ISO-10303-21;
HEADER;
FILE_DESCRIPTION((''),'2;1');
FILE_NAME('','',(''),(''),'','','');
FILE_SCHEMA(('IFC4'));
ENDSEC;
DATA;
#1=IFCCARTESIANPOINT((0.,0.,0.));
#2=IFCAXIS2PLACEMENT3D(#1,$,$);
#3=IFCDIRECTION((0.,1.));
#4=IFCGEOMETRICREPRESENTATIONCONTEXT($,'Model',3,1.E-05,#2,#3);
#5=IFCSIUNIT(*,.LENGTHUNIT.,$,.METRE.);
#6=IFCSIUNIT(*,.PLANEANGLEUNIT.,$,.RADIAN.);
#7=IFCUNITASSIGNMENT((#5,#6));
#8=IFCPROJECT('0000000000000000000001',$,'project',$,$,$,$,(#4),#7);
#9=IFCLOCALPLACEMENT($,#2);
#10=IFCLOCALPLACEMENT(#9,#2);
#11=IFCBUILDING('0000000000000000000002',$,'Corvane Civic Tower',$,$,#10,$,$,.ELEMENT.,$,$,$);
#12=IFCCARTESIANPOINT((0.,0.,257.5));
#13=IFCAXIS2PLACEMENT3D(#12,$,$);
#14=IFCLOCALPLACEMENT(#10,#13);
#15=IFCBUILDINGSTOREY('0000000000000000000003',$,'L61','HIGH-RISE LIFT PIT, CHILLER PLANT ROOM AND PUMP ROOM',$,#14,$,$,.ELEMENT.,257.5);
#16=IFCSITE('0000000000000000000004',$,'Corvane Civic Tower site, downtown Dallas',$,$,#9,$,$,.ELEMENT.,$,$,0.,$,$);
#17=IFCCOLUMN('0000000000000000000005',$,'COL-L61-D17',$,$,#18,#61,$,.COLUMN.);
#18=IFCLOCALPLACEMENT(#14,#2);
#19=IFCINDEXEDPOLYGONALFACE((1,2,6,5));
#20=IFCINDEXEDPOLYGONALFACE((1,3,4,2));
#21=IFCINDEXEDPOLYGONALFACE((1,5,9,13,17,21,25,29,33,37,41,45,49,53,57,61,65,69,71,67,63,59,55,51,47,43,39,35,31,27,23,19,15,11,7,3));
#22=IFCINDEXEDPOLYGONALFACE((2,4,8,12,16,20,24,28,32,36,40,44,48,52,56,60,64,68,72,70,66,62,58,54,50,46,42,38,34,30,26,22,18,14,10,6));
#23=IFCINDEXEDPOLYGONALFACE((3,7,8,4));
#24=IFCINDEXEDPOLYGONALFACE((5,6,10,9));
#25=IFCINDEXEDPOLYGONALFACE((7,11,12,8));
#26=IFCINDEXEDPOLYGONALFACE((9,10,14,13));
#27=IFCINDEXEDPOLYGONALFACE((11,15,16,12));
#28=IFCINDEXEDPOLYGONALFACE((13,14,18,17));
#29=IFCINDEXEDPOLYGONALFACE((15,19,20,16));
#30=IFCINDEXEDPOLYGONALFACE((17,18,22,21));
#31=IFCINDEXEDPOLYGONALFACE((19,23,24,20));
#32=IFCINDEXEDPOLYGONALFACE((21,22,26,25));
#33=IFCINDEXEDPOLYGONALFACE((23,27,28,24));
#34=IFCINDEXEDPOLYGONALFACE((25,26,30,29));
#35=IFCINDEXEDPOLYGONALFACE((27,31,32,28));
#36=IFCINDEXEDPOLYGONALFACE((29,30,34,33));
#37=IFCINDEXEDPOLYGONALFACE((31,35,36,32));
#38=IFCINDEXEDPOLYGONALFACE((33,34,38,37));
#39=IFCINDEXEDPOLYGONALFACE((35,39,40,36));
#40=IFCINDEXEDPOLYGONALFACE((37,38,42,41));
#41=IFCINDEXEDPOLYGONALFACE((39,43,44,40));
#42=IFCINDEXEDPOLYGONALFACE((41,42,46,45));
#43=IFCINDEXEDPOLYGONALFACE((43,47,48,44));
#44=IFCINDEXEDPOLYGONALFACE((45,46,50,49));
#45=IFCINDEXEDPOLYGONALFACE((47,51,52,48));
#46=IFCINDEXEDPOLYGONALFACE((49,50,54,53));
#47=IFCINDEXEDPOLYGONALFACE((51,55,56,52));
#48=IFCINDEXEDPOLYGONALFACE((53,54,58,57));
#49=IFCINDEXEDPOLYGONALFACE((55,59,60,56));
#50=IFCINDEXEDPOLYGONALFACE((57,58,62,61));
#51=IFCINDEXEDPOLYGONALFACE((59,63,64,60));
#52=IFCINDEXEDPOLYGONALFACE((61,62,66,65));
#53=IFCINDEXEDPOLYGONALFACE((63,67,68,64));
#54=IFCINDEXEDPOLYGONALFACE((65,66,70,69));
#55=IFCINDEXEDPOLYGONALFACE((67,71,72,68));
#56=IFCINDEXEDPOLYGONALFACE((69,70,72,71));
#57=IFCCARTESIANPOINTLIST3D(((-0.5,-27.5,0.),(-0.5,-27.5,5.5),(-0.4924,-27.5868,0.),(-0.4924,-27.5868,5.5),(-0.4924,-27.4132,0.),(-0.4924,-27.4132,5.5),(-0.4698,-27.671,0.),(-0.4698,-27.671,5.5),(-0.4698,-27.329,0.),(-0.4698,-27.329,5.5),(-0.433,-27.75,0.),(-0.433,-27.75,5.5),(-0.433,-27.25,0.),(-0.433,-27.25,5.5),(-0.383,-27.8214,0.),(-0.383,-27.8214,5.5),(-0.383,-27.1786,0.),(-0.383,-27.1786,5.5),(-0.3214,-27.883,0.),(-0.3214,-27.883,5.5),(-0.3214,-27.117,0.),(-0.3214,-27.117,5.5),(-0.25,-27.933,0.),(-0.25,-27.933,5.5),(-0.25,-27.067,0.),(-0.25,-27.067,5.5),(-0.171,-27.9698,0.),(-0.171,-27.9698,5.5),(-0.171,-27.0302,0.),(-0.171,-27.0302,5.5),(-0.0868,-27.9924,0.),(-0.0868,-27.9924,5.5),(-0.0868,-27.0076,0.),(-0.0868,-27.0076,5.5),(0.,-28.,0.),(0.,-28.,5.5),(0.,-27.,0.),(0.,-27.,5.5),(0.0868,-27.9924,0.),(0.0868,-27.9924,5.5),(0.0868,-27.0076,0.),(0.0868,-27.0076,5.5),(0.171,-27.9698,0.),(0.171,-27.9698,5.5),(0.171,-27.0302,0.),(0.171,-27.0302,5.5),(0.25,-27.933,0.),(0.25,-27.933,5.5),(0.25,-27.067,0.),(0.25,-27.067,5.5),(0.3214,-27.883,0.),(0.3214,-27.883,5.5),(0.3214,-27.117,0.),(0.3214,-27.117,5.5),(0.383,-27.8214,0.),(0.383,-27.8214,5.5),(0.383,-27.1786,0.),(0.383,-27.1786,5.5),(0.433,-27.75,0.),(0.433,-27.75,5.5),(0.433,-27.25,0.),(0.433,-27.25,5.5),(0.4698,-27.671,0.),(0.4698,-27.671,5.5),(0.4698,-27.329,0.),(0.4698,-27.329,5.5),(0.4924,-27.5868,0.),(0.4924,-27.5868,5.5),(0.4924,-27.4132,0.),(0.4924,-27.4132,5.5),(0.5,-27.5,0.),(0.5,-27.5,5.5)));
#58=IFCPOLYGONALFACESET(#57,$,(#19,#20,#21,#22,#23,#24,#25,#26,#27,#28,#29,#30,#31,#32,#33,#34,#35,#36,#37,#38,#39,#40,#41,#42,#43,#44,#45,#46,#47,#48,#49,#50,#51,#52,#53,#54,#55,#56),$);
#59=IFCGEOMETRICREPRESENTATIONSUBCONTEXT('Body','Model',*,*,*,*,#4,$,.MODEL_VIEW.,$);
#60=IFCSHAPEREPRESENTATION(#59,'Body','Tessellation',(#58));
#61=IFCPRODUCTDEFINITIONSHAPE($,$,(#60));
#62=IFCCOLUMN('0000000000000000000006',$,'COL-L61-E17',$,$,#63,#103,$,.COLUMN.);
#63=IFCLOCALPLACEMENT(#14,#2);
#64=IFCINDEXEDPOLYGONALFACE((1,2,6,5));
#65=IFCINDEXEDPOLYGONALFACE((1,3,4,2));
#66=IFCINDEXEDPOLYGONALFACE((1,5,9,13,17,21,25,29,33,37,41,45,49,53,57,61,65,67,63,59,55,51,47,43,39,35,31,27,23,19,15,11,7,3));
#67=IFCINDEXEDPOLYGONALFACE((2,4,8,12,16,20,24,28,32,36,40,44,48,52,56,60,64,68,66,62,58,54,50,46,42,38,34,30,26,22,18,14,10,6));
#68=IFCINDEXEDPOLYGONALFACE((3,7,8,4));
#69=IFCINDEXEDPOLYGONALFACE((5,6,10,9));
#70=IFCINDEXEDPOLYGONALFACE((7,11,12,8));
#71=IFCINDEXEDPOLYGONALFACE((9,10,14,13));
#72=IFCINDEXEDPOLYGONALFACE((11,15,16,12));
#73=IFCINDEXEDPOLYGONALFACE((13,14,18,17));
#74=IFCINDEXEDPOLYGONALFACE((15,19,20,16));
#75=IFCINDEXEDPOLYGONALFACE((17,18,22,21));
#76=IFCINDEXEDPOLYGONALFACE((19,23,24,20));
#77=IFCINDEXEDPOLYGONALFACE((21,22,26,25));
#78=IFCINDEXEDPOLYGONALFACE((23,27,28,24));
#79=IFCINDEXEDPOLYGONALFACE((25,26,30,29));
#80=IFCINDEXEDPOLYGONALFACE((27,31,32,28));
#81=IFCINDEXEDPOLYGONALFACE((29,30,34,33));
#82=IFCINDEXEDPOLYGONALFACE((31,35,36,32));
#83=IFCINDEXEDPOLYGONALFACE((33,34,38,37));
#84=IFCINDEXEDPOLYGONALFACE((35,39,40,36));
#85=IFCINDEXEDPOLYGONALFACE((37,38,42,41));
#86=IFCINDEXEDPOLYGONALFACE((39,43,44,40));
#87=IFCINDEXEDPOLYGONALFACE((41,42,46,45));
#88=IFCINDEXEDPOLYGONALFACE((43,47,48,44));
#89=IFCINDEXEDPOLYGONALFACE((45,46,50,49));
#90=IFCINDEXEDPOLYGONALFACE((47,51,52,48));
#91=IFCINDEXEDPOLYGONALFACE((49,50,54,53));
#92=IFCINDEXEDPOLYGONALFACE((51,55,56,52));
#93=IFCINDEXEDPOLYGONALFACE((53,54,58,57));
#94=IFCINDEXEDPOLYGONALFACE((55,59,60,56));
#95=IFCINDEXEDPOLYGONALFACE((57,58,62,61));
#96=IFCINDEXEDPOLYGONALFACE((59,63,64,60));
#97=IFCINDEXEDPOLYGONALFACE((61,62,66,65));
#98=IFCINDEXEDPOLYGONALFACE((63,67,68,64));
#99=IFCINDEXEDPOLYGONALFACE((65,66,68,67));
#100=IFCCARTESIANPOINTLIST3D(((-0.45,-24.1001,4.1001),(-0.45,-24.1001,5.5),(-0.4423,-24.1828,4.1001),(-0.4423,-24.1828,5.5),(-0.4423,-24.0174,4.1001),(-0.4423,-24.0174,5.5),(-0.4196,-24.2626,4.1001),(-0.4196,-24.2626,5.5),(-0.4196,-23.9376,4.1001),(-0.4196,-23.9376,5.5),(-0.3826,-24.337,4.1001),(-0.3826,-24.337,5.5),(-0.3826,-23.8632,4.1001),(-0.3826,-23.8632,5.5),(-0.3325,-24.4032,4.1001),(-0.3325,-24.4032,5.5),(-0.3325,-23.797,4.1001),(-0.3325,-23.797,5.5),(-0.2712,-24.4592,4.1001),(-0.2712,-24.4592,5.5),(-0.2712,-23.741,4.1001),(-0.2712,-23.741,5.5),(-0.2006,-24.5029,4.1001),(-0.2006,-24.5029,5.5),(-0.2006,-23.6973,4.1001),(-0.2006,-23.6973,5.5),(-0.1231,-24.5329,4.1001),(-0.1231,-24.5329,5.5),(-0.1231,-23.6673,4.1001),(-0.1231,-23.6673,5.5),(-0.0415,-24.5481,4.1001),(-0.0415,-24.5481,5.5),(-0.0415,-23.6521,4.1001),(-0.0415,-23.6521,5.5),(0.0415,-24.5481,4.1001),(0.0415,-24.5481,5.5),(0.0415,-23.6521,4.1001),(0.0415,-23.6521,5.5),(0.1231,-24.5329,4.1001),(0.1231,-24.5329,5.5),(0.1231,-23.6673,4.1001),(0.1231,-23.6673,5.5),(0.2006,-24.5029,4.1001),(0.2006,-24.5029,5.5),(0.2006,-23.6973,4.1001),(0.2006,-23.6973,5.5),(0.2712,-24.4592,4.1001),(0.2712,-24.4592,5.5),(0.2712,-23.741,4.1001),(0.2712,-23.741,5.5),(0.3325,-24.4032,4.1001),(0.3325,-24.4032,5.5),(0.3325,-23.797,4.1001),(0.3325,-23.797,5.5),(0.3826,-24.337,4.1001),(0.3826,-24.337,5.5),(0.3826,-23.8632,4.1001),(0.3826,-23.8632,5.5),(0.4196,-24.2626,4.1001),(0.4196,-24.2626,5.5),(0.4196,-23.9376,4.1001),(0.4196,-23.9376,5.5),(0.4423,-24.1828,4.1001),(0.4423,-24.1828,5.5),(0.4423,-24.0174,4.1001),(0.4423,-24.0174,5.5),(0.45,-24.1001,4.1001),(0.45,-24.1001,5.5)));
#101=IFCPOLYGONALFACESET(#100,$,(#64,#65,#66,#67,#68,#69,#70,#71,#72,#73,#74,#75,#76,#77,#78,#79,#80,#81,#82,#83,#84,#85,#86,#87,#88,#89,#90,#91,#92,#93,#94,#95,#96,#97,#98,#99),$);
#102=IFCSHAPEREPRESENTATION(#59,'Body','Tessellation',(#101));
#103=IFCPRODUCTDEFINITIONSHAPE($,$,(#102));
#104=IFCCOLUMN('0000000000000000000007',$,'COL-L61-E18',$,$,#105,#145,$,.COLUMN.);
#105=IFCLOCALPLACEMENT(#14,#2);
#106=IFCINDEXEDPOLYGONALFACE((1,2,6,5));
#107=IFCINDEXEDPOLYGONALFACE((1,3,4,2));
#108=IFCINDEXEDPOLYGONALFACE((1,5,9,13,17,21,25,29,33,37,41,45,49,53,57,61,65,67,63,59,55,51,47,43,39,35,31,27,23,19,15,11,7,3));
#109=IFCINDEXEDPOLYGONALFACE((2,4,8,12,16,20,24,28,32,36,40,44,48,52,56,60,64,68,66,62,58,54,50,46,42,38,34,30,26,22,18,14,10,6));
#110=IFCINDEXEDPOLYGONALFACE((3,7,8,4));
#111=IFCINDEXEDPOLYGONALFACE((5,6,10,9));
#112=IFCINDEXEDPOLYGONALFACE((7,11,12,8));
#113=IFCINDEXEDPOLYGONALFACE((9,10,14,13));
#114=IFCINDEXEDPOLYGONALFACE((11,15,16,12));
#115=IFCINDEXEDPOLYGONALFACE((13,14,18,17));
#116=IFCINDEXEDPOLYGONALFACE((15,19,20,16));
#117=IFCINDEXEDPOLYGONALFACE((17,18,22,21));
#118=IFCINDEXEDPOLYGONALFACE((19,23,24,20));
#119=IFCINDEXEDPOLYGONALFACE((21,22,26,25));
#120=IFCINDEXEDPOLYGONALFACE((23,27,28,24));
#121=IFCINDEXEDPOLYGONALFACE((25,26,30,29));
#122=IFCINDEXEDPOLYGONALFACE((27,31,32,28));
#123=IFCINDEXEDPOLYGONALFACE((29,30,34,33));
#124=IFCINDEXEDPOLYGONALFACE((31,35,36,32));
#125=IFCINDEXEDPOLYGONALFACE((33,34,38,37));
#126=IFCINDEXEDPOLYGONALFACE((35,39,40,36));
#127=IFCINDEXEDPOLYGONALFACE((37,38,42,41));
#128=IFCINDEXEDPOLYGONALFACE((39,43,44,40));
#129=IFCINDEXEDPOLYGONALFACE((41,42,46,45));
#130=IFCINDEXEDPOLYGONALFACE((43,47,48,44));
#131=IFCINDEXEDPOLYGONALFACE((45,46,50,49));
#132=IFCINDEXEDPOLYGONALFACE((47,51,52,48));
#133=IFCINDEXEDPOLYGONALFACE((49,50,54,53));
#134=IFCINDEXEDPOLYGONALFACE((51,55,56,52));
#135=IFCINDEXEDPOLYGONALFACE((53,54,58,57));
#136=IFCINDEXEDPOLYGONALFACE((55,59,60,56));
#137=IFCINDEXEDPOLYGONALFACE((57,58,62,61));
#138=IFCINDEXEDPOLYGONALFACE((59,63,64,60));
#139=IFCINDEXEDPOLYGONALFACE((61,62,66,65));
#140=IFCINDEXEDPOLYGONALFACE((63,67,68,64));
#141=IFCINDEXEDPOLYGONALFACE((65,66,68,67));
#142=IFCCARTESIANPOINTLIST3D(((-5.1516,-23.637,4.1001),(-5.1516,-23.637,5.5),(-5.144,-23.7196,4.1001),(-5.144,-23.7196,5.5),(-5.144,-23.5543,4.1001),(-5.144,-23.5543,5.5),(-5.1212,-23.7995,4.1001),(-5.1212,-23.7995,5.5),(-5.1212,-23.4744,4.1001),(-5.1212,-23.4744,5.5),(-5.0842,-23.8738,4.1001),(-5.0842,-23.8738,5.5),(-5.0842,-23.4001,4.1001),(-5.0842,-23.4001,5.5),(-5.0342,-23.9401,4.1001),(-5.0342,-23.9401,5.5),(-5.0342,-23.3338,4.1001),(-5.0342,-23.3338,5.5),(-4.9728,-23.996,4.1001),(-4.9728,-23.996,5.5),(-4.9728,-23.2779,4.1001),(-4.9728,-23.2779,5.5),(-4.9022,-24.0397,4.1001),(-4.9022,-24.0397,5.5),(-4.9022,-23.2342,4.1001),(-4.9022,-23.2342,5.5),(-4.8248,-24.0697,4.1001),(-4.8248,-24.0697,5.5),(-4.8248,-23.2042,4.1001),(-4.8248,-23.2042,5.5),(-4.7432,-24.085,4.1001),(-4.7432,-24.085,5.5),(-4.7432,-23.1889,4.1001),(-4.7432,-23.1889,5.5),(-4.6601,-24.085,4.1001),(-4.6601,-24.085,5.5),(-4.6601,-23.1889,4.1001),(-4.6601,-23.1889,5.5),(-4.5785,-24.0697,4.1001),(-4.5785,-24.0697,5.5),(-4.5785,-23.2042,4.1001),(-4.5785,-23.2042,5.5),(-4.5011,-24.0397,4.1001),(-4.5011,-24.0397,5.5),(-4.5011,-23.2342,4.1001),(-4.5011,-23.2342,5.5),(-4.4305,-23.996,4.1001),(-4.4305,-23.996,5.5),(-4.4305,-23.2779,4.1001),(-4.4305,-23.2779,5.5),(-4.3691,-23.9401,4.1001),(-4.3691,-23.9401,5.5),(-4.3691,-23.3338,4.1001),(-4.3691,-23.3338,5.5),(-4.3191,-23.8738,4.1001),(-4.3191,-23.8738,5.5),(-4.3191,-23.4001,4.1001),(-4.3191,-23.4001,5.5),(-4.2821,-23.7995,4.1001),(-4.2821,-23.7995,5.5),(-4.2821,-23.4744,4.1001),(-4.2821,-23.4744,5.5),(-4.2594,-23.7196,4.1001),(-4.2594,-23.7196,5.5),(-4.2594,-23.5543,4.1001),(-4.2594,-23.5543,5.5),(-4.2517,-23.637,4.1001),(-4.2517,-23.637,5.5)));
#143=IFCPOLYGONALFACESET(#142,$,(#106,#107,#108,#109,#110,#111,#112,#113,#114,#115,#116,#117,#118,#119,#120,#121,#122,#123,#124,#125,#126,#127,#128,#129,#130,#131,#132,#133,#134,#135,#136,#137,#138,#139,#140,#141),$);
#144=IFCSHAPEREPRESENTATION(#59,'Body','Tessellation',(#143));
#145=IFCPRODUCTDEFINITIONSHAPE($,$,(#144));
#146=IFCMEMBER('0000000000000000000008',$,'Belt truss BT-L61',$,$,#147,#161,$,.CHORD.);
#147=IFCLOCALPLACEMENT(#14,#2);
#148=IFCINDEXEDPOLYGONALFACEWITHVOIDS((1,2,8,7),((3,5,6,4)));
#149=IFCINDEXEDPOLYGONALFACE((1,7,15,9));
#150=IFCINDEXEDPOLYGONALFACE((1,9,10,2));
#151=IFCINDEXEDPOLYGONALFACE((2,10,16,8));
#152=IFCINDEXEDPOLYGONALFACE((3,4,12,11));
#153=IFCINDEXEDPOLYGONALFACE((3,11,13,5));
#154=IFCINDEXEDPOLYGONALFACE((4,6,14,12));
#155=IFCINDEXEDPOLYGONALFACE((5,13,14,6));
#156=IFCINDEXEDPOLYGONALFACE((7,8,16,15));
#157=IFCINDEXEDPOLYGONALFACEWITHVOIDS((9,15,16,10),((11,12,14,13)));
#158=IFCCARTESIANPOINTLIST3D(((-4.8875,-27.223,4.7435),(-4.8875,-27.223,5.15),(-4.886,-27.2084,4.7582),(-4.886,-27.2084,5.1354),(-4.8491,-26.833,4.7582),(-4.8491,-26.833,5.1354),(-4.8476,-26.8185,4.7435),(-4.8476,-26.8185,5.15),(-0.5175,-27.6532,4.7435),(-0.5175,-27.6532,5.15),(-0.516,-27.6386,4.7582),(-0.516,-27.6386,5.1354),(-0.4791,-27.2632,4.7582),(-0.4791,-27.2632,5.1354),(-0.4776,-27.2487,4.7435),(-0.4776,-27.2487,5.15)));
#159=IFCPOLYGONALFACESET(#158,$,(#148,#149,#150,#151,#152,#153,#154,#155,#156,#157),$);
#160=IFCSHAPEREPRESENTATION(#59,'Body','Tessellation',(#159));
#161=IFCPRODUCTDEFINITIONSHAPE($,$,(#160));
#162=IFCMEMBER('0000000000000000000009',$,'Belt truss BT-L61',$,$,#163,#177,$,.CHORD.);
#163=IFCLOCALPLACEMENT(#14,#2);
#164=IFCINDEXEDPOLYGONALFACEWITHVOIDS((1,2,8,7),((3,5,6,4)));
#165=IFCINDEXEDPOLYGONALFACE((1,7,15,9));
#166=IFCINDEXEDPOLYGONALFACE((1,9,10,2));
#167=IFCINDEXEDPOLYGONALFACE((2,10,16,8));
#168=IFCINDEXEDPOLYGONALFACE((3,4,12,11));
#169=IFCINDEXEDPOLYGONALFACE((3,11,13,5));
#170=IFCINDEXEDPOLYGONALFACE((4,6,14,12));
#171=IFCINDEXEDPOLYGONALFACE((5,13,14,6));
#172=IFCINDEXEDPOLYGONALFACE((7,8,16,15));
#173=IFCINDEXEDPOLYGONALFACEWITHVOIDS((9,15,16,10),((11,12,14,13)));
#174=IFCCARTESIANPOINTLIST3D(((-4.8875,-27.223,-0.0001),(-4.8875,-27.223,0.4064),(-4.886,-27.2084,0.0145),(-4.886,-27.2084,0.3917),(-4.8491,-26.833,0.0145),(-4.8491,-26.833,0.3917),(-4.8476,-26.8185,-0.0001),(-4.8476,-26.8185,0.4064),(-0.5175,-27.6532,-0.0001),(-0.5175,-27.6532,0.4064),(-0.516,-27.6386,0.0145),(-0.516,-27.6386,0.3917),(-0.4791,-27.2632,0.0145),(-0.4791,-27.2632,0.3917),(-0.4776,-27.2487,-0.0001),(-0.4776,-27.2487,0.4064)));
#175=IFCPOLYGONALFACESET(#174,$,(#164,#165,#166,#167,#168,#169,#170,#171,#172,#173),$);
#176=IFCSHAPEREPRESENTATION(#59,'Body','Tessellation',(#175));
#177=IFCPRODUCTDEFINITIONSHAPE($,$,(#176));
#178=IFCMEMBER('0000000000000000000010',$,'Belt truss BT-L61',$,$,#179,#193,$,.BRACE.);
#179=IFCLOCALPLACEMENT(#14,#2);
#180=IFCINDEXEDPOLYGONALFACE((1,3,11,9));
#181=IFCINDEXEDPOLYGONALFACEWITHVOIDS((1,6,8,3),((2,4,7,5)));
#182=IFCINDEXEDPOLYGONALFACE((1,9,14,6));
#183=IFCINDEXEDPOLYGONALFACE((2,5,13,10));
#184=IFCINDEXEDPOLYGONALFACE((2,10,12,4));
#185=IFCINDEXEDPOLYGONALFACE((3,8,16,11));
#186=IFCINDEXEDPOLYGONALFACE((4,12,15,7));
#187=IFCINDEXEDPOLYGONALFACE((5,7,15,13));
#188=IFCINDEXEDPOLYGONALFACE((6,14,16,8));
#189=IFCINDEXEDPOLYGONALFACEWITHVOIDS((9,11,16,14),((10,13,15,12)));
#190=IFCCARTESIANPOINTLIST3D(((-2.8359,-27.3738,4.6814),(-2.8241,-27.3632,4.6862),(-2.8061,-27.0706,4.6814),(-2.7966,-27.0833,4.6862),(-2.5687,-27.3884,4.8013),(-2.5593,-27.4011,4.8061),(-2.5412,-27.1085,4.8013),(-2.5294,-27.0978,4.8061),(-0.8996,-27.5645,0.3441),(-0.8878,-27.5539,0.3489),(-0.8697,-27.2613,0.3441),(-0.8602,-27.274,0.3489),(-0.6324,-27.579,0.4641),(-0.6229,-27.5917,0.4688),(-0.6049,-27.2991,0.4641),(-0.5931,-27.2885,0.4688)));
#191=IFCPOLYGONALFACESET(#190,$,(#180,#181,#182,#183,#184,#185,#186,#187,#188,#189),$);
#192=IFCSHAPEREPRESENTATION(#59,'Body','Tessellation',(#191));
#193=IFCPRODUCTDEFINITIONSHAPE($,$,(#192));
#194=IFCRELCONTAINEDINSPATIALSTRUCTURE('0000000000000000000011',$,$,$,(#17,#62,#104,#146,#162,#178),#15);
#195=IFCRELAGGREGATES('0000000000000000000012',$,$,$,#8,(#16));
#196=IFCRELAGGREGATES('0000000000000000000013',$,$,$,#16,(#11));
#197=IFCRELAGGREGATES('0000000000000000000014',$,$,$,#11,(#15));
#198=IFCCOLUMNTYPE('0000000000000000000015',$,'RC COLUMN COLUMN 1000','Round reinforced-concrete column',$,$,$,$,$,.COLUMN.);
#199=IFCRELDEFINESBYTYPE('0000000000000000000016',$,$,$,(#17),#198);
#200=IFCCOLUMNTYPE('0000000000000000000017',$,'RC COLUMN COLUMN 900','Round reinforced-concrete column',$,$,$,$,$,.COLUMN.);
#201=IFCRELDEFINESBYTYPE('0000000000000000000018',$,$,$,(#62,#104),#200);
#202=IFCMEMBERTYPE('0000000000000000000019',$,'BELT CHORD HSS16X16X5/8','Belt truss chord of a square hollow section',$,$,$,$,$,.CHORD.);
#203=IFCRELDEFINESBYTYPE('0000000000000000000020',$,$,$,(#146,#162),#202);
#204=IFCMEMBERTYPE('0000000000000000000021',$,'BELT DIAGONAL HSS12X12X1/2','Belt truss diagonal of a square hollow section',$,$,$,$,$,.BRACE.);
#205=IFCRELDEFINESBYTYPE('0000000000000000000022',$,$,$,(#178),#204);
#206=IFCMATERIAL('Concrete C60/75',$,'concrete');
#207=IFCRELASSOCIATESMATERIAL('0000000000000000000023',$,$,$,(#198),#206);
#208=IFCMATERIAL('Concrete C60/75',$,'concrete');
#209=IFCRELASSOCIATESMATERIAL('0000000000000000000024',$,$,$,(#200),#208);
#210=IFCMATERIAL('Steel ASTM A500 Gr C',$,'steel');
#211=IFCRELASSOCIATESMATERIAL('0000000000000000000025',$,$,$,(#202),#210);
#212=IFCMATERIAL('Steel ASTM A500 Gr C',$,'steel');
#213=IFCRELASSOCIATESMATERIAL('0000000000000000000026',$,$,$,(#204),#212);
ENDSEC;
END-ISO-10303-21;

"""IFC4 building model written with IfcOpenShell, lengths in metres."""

from ifc_helpers import new_model, si_unit, direction, frame, origin, origin_2d, place, context, subcontext, project, spatial, hollow_rectangle, circle, extrude, material, material_profile, profile_set, type_object, element, save


model = new_model("IFC4")

# Units and contexts
model_context = context("Model", 3, precision=1e-05, world=origin(), true_north=direction((0.0, 1.0)))
body_context = subcontext(model_context, "Body", "Model", "MODEL_VIEW")
ifc_project = project(units=[si_unit("LENGTHUNIT", "METRE"), si_unit("PLANEANGLEUNIT", "RADIAN")], contexts=[model_context])

# Site, building, storey
site_placement = place(None, origin())
site = spatial("IfcSite", under=ifc_project, at=site_placement, Name="Corvane Civic Tower site, downtown Dallas", CompositionType="ELEMENT", RefElevation=0.0)
building_placement = place(site_placement, origin())
building = spatial("IfcBuilding", under=site, at=building_placement, Name="Corvane Civic Tower", CompositionType="ELEMENT")
storey_placement = place(building_placement, frame((0.0, 0.0, 257.5)))
storey = spatial("IfcBuildingStorey", under=building, at=storey_placement, Name="L61", Description="HIGH-RISE LIFT PIT, CHILLER PLANT ROOM AND PUMP ROOM", CompositionType="ELEMENT", Elevation=257.5)

# Columns
ifc_material_1 = material(Name="Concrete C60/75", Category="concrete")
ifc_material_profile_1 = material_profile(ifc_material_1, circle(Radius=0.5, at=origin_2d()), Name="COLUMN 1000")
ifc_profile_set_1 = profile_set([ifc_material_profile_1], Name="Concrete C60/75")
column_type_1 = type_object("IfcColumnType", Name="RC COLUMN COLUMN 1000", Description="Round reinforced-concrete column", PredefinedType="COLUMN", material=ifc_profile_set_1)
column_placement = place(storey_placement, frame((0.0, -27.5, 0.0), z_axis=(0.0, 0.0, 1.0), x_axis=(1.0, 0.0, 0.0)))
element("IfcColumn", 1, at=column_placement, inside=storey, type_object=column_type_1, Name="COL-L61-D17", PredefinedType="COLUMN", context=body_context, shape_type="SweptSolid", body=[
    extrude(circle(Radius=0.5, at=origin_2d()), origin(), (0.0, 0.0, 1.0), 5.5),
])
ifc_material_2 = material(Name="Concrete C60/75", Category="concrete")
ifc_material_profile_2 = material_profile(ifc_material_2, circle(Radius=0.45, at=origin_2d()), Name="COLUMN 900")
ifc_profile_set_2 = profile_set([ifc_material_profile_2], Name="Concrete C60/75")
column_type_2 = type_object("IfcColumnType", Name="RC COLUMN COLUMN 900", Description="Round reinforced-concrete column", PredefinedType="COLUMN", material=ifc_profile_set_2)
for number, where, z_axis, x_axis, name in (
    (2, (0.0, -24.1001, 4.1001), (0.0, 0.0, 1.0), (1.0, 0.0, 0.0), "COL-L61-E17"),
    (3, (-4.7017, -23.637, 4.1001), (0.0, 0.0, 1.0), (1.0, 0.0, 0.0), "COL-L61-E18"),
):
    element("IfcColumn", number, at=place(storey_placement, frame(where, z_axis=z_axis, x_axis=x_axis)), inside=storey, type_object=column_type_2, Name=name, PredefinedType="COLUMN", context=body_context, shape_type="SweptSolid", body=[
        extrude(circle(Radius=0.45, at=origin_2d()), origin(), (0.0, 0.0, 1.0), 1.3999),
    ])

# Members
ifc_material_3 = material(Name="Steel ASTM A500 Gr C", Category="steel")
ifc_material_profile_3 = material_profile(ifc_material_3, hollow_rectangle(XDim=0.4065, YDim=0.4065, WallThickness=0.0146, at=origin_2d()), Name="HSS16X16X5/8")
ifc_profile_set_3 = profile_set([ifc_material_profile_3], Name="Steel ASTM A500 Gr C")
member_type_1 = type_object("IfcMemberType", Name="BELT CHORD HSS16X16X5/8", Description="Belt truss chord of a square hollow section", PredefinedType="CHORD", material=ifc_profile_set_3)
for number, where, z_axis, x_axis, name in (
    (4, (-0.4976, -27.4509, 4.9468), (-0.99519, 0.097968, 0.0), (-0.097968, -0.99519, 0.0), "Belt truss BT-L61"),
    (5, (-0.4976, -27.4509, 0.2031), (-0.99519, 0.097968, 0.0), (-0.097968, -0.99519, 0.0), "Belt truss BT-L61"),
):
    element("IfcMember", number, at=place(storey_placement, frame(where, z_axis=z_axis, x_axis=x_axis)), inside=storey, type_object=member_type_1, Name=name, PredefinedType="CHORD", context=body_context, shape_type="SweptSolid", body=[
        extrude(hollow_rectangle(XDim=0.4065, YDim=0.4065, WallThickness=0.0146, at=origin_2d()), origin(), (0.0, 0.0, 1.0), 4.3911),
    ])
ifc_material_4 = material(Name="Steel ASTM A500 Gr C", Category="steel")
ifc_material_profile_4 = material_profile(ifc_material_4, hollow_rectangle(XDim=0.3047, YDim=0.3047, WallThickness=0.0117, at=origin_2d()), Name="HSS12X12X1/2")
ifc_profile_set_4 = profile_set([ifc_material_profile_4], Name="Steel ASTM A500 Gr C")
member_type_2 = type_object("IfcMemberType", Name="BELT DIAGONAL HSS12X12X1/2", Description="Belt truss diagonal of a square hollow section", PredefinedType="BRACE", material=ifc_profile_set_4)
member_1_placement = place(storey_placement, frame((-0.7463, -27.4265, 0.4065), z_axis=(-0.407331, 0.040112, 0.912399), x_axis=(-0.098, -0.995186, 0.0)))
element("IfcMember", 6, at=member_1_placement, inside=storey, type_object=member_type_2, Name="Belt truss BT-L61", PredefinedType="BRACE", context=body_context, shape_type="SweptSolid", body=[
    extrude(hollow_rectangle(XDim=0.3047, YDim=0.3047, WallThickness=0.0117, at=origin_2d()), origin(), (0.0, 0.0, 1.0), 4.7537),
])

save(model, "model.ifc")
